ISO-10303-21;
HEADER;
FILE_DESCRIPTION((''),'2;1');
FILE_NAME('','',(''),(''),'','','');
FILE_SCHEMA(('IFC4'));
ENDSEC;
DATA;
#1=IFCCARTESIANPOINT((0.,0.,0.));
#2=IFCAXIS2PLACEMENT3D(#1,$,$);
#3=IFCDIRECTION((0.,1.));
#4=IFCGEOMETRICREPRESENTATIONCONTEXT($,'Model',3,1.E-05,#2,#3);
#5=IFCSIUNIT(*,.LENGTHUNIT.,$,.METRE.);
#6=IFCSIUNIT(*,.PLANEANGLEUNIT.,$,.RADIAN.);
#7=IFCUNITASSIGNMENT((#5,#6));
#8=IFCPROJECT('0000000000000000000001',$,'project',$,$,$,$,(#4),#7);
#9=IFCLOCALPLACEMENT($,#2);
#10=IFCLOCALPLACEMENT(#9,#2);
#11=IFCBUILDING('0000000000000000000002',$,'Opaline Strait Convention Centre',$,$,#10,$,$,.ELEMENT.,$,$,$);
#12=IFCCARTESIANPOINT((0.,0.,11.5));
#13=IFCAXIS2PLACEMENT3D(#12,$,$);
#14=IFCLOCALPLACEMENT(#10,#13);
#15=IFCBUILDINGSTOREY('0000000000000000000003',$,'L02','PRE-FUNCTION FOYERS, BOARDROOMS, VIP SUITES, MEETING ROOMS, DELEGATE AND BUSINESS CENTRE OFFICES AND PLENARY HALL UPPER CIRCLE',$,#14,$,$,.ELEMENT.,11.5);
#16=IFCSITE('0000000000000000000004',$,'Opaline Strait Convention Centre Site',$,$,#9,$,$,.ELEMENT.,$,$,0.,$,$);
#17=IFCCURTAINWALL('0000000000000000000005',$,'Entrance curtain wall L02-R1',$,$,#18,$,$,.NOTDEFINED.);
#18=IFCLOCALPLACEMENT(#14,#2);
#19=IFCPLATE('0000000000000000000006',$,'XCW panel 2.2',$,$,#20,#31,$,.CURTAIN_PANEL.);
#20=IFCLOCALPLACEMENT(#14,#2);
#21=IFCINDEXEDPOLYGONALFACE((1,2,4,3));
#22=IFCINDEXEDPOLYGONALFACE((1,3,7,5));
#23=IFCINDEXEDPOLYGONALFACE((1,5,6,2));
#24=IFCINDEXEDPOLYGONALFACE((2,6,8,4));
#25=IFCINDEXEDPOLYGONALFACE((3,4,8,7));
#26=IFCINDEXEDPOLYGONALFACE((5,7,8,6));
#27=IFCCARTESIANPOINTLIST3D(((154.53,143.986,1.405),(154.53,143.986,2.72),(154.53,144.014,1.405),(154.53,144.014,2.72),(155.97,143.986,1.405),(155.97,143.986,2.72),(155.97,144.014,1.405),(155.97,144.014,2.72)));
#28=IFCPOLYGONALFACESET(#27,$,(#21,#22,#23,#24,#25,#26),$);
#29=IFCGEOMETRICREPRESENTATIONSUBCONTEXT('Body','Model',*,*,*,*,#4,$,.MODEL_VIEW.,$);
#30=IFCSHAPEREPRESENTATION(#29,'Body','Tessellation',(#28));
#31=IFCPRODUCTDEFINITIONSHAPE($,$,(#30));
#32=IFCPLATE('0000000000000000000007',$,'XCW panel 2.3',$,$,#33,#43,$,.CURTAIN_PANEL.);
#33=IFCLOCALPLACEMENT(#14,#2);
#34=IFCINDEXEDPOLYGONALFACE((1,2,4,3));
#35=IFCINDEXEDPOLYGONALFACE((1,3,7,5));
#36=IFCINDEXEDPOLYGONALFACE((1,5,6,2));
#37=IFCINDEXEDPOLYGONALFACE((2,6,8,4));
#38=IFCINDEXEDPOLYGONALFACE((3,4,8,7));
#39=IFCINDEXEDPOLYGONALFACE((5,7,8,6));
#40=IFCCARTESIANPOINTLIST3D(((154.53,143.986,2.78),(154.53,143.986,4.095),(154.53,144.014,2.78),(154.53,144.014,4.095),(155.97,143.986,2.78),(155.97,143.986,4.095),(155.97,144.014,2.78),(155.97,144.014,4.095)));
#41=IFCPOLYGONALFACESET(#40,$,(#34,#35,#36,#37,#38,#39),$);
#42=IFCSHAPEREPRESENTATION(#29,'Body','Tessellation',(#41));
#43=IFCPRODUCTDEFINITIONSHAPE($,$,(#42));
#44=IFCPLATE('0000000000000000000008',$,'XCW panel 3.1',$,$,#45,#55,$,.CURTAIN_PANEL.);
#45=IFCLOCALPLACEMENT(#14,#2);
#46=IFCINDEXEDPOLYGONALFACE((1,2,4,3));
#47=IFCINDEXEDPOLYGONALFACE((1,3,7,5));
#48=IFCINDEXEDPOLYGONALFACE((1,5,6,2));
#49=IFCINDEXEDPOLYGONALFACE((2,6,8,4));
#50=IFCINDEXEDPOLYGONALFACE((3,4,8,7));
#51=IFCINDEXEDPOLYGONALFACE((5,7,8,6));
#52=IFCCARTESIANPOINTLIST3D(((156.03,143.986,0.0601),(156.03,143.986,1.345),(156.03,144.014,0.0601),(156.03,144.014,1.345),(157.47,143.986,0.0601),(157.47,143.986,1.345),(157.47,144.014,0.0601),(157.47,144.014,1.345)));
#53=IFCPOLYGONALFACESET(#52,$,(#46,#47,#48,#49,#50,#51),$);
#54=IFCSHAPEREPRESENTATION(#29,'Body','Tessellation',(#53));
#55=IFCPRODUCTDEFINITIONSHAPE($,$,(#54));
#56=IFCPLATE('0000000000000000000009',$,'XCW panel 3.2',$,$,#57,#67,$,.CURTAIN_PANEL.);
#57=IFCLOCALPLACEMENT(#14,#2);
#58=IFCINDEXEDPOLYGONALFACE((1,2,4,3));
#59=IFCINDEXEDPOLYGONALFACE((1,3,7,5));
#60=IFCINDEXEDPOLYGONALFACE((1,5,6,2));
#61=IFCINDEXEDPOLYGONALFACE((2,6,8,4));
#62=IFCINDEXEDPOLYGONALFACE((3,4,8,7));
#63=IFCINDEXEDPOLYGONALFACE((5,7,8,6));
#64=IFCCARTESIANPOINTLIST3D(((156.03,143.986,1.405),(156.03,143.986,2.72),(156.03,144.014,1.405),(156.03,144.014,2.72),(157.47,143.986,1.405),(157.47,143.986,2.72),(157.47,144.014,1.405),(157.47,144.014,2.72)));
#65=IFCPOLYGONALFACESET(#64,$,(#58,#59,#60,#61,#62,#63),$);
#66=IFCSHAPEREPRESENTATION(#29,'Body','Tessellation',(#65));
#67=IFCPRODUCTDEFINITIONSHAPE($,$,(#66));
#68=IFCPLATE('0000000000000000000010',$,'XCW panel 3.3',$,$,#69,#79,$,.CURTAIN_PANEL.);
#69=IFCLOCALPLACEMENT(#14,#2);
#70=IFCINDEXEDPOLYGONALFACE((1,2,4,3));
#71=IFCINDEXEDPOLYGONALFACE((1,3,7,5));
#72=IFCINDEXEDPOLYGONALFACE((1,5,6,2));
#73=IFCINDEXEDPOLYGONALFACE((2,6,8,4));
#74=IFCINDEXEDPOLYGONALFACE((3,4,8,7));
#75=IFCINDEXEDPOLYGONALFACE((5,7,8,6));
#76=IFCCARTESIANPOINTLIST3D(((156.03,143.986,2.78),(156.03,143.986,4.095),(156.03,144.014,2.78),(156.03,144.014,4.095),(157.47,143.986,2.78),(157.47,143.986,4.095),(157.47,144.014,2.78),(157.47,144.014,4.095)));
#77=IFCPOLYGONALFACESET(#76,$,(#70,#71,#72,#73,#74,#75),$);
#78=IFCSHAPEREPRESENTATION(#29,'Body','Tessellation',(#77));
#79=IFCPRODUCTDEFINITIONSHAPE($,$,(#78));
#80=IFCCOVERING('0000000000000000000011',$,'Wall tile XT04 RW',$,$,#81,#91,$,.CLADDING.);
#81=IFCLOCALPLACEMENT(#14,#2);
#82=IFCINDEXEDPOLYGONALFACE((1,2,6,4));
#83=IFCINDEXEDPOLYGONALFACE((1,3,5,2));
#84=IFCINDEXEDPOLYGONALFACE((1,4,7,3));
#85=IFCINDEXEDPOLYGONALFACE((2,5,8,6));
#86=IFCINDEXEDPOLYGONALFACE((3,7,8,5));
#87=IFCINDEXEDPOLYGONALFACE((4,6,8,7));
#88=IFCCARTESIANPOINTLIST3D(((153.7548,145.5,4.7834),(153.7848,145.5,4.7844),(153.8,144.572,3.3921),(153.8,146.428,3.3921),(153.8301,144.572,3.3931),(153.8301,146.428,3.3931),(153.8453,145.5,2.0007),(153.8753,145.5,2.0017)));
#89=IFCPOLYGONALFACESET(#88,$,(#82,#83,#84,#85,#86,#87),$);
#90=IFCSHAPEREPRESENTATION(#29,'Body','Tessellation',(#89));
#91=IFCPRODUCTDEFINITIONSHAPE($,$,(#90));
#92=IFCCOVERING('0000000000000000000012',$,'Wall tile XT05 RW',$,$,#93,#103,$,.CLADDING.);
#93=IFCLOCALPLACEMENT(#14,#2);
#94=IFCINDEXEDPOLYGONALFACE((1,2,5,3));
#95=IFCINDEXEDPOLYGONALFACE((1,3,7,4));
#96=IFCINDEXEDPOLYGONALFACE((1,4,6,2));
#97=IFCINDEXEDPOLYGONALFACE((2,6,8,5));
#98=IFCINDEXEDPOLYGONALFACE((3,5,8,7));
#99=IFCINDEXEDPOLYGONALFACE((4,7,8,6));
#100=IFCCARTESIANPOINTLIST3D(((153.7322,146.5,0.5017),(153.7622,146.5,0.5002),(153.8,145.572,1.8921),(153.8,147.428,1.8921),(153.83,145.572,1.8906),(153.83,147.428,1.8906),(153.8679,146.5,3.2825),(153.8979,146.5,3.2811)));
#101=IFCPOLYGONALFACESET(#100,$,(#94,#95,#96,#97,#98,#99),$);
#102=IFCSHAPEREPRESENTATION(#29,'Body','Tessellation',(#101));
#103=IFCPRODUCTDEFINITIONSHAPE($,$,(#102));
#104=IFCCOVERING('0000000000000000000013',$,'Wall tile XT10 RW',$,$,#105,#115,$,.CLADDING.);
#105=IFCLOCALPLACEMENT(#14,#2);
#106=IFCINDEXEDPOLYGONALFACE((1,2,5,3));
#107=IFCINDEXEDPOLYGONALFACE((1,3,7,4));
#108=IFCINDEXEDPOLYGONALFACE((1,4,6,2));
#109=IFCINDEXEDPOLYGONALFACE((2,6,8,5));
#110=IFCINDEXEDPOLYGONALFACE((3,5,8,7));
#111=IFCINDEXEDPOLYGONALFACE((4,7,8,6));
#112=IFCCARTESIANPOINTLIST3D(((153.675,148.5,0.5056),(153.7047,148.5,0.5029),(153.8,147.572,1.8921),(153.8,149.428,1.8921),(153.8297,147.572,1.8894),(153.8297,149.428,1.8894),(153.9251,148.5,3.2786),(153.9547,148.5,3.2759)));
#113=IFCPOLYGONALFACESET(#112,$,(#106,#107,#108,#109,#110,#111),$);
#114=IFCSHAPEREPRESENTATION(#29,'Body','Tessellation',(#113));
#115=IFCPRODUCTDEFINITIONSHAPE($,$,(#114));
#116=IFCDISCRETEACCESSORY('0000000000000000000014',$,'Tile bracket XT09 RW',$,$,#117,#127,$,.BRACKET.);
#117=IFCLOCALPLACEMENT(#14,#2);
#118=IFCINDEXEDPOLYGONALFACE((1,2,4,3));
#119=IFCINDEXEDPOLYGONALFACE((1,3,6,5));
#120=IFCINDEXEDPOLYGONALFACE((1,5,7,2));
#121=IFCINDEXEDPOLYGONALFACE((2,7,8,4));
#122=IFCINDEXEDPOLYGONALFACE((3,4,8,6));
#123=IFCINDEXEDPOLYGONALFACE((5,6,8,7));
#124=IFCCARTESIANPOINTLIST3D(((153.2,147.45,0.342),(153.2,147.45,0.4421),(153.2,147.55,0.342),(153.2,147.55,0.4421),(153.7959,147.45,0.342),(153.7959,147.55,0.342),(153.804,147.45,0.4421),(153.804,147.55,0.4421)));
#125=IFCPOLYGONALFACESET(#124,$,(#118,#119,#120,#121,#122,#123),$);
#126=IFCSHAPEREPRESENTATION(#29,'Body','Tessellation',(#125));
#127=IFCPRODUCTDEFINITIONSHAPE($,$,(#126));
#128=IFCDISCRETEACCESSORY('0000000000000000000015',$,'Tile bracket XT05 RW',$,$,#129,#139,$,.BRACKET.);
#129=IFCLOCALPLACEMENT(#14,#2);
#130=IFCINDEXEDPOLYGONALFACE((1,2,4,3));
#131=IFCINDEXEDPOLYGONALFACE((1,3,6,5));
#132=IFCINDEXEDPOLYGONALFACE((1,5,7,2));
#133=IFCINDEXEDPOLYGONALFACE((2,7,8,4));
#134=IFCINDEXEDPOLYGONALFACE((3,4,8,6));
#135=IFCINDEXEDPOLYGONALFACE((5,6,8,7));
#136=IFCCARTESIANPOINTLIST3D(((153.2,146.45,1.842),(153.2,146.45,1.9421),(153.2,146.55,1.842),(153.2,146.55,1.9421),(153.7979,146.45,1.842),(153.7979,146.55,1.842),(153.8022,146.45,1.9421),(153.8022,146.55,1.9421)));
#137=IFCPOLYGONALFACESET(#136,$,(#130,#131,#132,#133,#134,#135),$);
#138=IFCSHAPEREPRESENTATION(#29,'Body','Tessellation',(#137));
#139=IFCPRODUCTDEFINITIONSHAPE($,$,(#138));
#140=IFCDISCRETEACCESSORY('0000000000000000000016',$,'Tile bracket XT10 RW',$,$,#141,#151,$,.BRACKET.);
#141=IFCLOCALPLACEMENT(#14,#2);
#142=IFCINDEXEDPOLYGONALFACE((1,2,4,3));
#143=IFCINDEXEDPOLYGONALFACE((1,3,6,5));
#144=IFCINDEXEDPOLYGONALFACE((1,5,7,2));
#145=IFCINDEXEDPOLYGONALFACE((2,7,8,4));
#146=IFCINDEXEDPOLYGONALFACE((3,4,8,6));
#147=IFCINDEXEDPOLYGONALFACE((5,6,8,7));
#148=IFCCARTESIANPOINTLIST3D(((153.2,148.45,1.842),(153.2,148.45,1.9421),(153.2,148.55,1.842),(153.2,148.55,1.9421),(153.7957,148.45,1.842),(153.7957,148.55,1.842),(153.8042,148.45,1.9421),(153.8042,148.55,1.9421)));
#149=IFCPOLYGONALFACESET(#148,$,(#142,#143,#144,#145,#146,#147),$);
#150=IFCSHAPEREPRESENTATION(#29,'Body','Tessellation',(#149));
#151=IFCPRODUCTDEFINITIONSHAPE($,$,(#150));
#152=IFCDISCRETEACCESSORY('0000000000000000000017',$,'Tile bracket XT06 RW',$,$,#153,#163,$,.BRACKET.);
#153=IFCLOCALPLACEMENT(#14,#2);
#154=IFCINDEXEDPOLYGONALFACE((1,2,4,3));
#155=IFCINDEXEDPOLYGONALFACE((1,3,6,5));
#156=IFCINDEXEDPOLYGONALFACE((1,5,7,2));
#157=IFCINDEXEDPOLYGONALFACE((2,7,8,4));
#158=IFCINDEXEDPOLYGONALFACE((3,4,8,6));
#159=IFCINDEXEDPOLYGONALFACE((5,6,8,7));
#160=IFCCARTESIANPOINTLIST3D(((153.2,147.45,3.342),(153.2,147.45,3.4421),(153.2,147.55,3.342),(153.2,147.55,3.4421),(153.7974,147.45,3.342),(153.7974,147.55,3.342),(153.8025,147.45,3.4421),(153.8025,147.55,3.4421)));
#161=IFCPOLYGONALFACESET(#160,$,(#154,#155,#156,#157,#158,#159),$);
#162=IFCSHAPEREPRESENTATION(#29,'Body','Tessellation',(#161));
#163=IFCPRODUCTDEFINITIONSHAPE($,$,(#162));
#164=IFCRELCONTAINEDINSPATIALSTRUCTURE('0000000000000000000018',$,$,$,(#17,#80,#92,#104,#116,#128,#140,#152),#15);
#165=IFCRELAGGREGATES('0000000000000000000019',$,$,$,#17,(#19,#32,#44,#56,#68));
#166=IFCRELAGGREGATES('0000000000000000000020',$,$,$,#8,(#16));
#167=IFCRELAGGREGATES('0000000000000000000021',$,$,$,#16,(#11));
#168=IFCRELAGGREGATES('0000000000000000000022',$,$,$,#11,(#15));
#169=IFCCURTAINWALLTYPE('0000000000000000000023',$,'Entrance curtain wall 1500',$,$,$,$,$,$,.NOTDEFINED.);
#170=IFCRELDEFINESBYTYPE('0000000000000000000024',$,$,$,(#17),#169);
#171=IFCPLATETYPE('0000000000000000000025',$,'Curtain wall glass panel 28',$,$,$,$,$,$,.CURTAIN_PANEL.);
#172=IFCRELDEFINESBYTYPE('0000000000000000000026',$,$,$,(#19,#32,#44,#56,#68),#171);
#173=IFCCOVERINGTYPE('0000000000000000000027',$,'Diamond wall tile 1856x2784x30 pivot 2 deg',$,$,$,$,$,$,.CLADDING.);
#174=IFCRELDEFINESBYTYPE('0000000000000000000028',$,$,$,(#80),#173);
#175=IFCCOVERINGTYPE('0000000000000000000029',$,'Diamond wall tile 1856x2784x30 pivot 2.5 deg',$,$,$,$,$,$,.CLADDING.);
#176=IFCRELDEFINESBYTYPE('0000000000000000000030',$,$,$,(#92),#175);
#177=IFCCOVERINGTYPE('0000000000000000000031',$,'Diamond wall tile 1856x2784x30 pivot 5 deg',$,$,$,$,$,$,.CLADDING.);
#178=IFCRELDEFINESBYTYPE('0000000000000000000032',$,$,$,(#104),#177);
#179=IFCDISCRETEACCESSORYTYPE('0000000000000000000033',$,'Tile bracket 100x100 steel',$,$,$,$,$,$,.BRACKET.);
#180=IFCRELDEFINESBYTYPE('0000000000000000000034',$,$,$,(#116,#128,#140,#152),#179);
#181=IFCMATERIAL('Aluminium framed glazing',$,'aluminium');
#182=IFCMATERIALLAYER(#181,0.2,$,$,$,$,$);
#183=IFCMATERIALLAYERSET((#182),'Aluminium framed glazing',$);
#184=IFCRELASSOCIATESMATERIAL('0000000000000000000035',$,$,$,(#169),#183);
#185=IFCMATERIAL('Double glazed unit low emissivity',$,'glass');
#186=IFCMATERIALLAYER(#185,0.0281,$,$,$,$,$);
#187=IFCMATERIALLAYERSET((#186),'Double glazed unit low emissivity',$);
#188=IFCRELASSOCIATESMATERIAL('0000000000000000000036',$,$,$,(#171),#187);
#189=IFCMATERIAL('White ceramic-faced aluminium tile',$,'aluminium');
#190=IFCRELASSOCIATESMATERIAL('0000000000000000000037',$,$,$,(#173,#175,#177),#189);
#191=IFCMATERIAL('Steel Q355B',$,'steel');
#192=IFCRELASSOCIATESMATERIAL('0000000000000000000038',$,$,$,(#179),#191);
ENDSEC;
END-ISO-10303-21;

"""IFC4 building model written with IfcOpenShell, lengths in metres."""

from ifc_helpers import new_model, si_unit, direction, frame, origin, origin_2d, place, context, subcontext, project, spatial, polyline, rectangle, outline, extrude, material, layer, layer_set, material_profile, profile_set, type_object, element, aggregate, save


model = new_model("IFC4")

# Units and contexts
model_context = context("Model", 3, precision=1e-05, world=origin(), true_north=direction((0.0, 1.0)))
body_context = subcontext(model_context, "Body", "Model", "MODEL_VIEW")
ifc_project = project(units=[si_unit("LENGTHUNIT", "METRE"), si_unit("PLANEANGLEUNIT", "RADIAN")], contexts=[model_context])

# Site, building, storey
site_placement = place(None, origin())
site = spatial("IfcSite", under=ifc_project, at=site_placement, Name="Opaline Strait Convention Centre Site", CompositionType="ELEMENT", RefElevation=0.0)
building_placement = place(site_placement, origin())
building = spatial("IfcBuilding", under=site, at=building_placement, Name="Opaline Strait Convention Centre", CompositionType="ELEMENT")
storey_placement = place(building_placement, frame((0.0, 0.0, 11.5)))
storey = spatial("IfcBuildingStorey", under=building, at=storey_placement, Name="L02", Description="PRE-FUNCTION FOYERS, BOARDROOMS, VIP SUITES, MEETING ROOMS, DELEGATE AND BUSINESS CENTRE OFFICES AND PLENARY HALL UPPER CIRCLE", CompositionType="ELEMENT", Elevation=11.5)

# Curtain wall, plates
ifc_material_1 = material(Name="Aluminium framed glazing", Category="aluminium")
ifc_layer_1 = layer(ifc_material_1, 0.2)
ifc_layer_set_1 = layer_set([ifc_layer_1], Name="Aluminium framed glazing")
curtain_wall_type = type_object("IfcCurtainWallType", Name="Entrance curtain wall 1500", PredefinedType="NOTDEFINED", material=ifc_layer_set_1)
curtain_wall_placement = place(storey_placement, origin())
curtain_wall = element("IfcCurtainWall", 1, at=curtain_wall_placement, inside=storey, type_object=curtain_wall_type, Name="Entrance curtain wall L02-R1", PredefinedType="NOTDEFINED")
ifc_material_2 = material(Name="Double glazed unit low emissivity", Category="glass")
ifc_layer_2 = layer(ifc_material_2, 0.0281)
ifc_layer_set_2 = layer_set([ifc_layer_2], Name="Double glazed unit low emissivity")
plate_type = type_object("IfcPlateType", Name="Curtain wall glass panel 28", PredefinedType="CURTAIN_PANEL", material=ifc_layer_set_2)
plate_1_placement = place(storey_placement, frame((155.25, 144.0, 1.405), z_axis=(0.0, 0.0, 1.0), x_axis=(1.0, 0.0, 0.0)))
plate_1 = element("IfcPlate", 2, at=plate_1_placement, type_object=plate_type, Name="XCW panel 2.2", PredefinedType="CURTAIN_PANEL", context=body_context, shape_type="SweptSolid", body=[
    extrude(rectangle(XDim=1.4399, YDim=0.0281, at=origin_2d()), origin(), (0.0, 0.0, 1.0), 1.3149),
])
plate_2_placement = place(storey_placement, frame((155.25, 144.0, 2.78), z_axis=(0.0, 0.0, 1.0), x_axis=(1.0, 0.0, 0.0)))
plate_2 = element("IfcPlate", 3, at=plate_2_placement, type_object=plate_type, Name="XCW panel 2.3", PredefinedType="CURTAIN_PANEL", context=body_context, shape_type="SweptSolid", body=[
    extrude(rectangle(XDim=1.4399, YDim=0.0281, at=origin_2d()), origin(), (0.0, 0.0, 1.0), 1.3149),
])
plate_3_placement = place(storey_placement, frame((156.75, 144.0, 0.0601), z_axis=(0.0, 0.0, 1.0), x_axis=(1.0, 0.0, 0.0)))
plate_3 = element("IfcPlate", 4, at=plate_3_placement, type_object=plate_type, Name="XCW panel 3.1", PredefinedType="CURTAIN_PANEL", context=body_context, shape_type="SweptSolid", body=[
    extrude(rectangle(XDim=1.4399, YDim=0.0281, at=origin_2d()), origin(), (0.0, 0.0, 1.0), 1.2849),
])
plate_4_placement = place(storey_placement, frame((156.75, 144.0, 1.405), z_axis=(0.0, 0.0, 1.0), x_axis=(1.0, 0.0, 0.0)))
plate_4 = element("IfcPlate", 5, at=plate_4_placement, type_object=plate_type, Name="XCW panel 3.2", PredefinedType="CURTAIN_PANEL", context=body_context, shape_type="SweptSolid", body=[
    extrude(rectangle(XDim=1.4399, YDim=0.0281, at=origin_2d()), origin(), (0.0, 0.0, 1.0), 1.3149),
])
plate_5_placement = place(storey_placement, frame((156.75, 144.0, 2.78), z_axis=(0.0, 0.0, 1.0), x_axis=(1.0, 0.0, 0.0)))
plate_5 = element("IfcPlate", 6, at=plate_5_placement, type_object=plate_type, Name="XCW panel 3.3", PredefinedType="CURTAIN_PANEL", context=body_context, shape_type="SweptSolid", body=[
    extrude(rectangle(XDim=1.4399, YDim=0.0281, at=origin_2d()), origin(), (0.0, 0.0, 1.0), 1.3149),
])
aggregate(curtain_wall, [plate_1, plate_2, plate_3, plate_4, plate_5])

# Coverings
ifc_material_3 = material(Name="White ceramic-faced aluminium tile", Category="aluminium")
ifc_material_profile_1 = material_profile(ifc_material_3, outline(polyline([(0.928, 0.0), (0.0, 1.3921), (-0.928, 0.0), (0.0, -1.3921), (0.928, 0.0)])), Name="Diamond tile 1856x2784")
ifc_profile_set_1 = profile_set([ifc_material_profile_1], Name="White ceramic-faced aluminium tile")
covering_type_1 = type_object("IfcCoveringType", Name="Diamond wall tile 1856x2784x30 pivot 2 deg", PredefinedType="CLADDING", material=ifc_profile_set_1)
covering_1_placement = place(storey_placement, frame((153.8, 145.5, 3.3921), z_axis=(0.999472, 0.0, 0.032503), x_axis=(0.0, 1.0, 0.0)))
element("IfcCovering", 7, at=covering_1_placement, inside=storey, type_object=covering_type_1, Name="Wall tile XT04 RW", PredefinedType="CLADDING", context=body_context, shape_type="SweptSolid", body=[
    extrude(outline(polyline([(0.928, 0.0), (0.0, 1.3921), (-0.928, 0.0), (0.0, -1.3921), (0.928, 0.0)])), origin(), (0.0, 0.0, 1.0), 0.03),
])
ifc_material_profile_2 = material_profile(ifc_material_3, outline(polyline([(0.928, 0.0), (0.0, 1.3921), (-0.928, 0.0), (0.0, -1.3921), (0.928, 0.0)])), Name="Diamond tile 1856x2784")
ifc_profile_set_2 = profile_set([ifc_material_profile_2], Name="White ceramic-faced aluminium tile")
covering_type_2 = type_object("IfcCoveringType", Name="Diamond wall tile 1856x2784x30 pivot 2.5 deg", PredefinedType="CLADDING", material=ifc_profile_set_2)
covering_2_placement = place(storey_placement, frame((153.8, 146.5, 1.8921), z_axis=(0.998812, 0.0, -0.048723), x_axis=(0.0, 1.0, 0.0)))
element("IfcCovering", 8, at=covering_2_placement, inside=storey, type_object=covering_type_2, Name="Wall tile XT05 RW", PredefinedType="CLADDING", context=body_context, shape_type="SweptSolid", body=[
    extrude(outline(polyline([(0.928, 0.0), (0.0, 1.3921), (-0.928, 0.0), (0.0, -1.3921), (0.928, 0.0)])), origin(), (0.0, 0.0, 1.0), 0.03),
])
ifc_material_profile_3 = material_profile(ifc_material_3, outline(polyline([(0.928, 0.0), (0.0, 1.3921), (-0.928, 0.0), (0.0, -1.3921), (0.928, 0.0)])), Name="Diamond tile 1856x2784")
ifc_profile_set_3 = profile_set([ifc_material_profile_3], Name="White ceramic-faced aluminium tile")
covering_type_3 = type_object("IfcCoveringType", Name="Diamond wall tile 1856x2784x30 pivot 5 deg", PredefinedType="CLADDING", material=ifc_profile_set_3)
covering_3_placement = place(storey_placement, frame((153.8, 148.5, 1.8921), z_axis=(0.99596, 0.0, -0.0898), x_axis=(0.0, 1.0, 0.0)))
element("IfcCovering", 9, at=covering_3_placement, inside=storey, type_object=covering_type_3, Name="Wall tile XT10 RW", PredefinedType="CLADDING", context=body_context, shape_type="SweptSolid", body=[
    extrude(outline(polyline([(0.928, 0.0), (0.0, 1.3921), (-0.928, 0.0), (0.0, -1.3921), (0.928, 0.0)])), origin(), (0.0, 0.0, 1.0), 0.0298),
])

# Discrete accessories
ifc_material_4 = material(Name="Steel Q355B", Category="steel")
discrete_accessory_type = type_object("IfcDiscreteAccessoryType", Name="Tile bracket 100x100 steel", PredefinedType="BRACKET", material=ifc_material_4)
discrete_accessory_1_placement = place(storey_placement, frame((153.2, 147.45, 0.3921), z_axis=(0.0, 1.0, 0.0), x_axis=(-1.0, 0.0, 0.0)))
element("IfcDiscreteAccessory", 10, at=discrete_accessory_1_placement, inside=storey, type_object=discrete_accessory_type, Name="Tile bracket XT09 RW", PredefinedType="BRACKET", context=body_context, shape_type="SweptSolid", body=[
    extrude(outline(polyline([(0.0, -0.05), (0.0, 0.05), (-0.604, 0.05), (-0.5959, -0.05), (0.0, -0.05)])), origin(), (0.0, 0.0, 1.0), 0.1001),
])
discrete_accessory_2_placement = place(storey_placement, frame((153.2, 146.45, 1.8921), z_axis=(0.0, 1.0, 0.0), x_axis=(-1.0, 0.0, 0.0)))
element("IfcDiscreteAccessory", 11, at=discrete_accessory_2_placement, inside=storey, type_object=discrete_accessory_type, Name="Tile bracket XT05 RW", PredefinedType="BRACKET", context=body_context, shape_type="SweptSolid", body=[
    extrude(outline(polyline([(0.0, -0.05), (0.0, 0.05), (-0.6023, 0.05), (-0.5979, -0.05), (0.0, -0.05)])), origin(), (0.0, 0.0, 1.0), 0.1001),
])
discrete_accessory_3_placement = place(storey_placement, frame((153.2, 148.45, 1.8921), z_axis=(0.0, 1.0, 0.0), x_axis=(-1.0, 0.0, 0.0)))
element("IfcDiscreteAccessory", 12, at=discrete_accessory_3_placement, inside=storey, type_object=discrete_accessory_type, Name="Tile bracket XT10 RW", PredefinedType="BRACKET", context=body_context, shape_type="SweptSolid", body=[
    extrude(outline(polyline([(0.0, -0.05), (0.0, 0.05), (-0.6042, 0.05), (-0.5957, -0.05), (0.0, -0.05)])), origin(), (0.0, 0.0, 1.0), 0.1001),
])
discrete_accessory_4_placement = place(storey_placement, frame((153.2, 147.45, 3.3921), z_axis=(0.0, 1.0, 0.0), x_axis=(-1.0, 0.0, 0.0)))
element("IfcDiscreteAccessory", 13, at=discrete_accessory_4_placement, inside=storey, type_object=discrete_accessory_type, Name="Tile bracket XT06 RW", PredefinedType="BRACKET", context=body_context, shape_type="SweptSolid", body=[
    extrude(outline(polyline([(0.0, -0.05), (0.0, 0.05), (-0.6025, 0.05), (-0.5974, -0.05), (0.0, -0.05)])), origin(), (0.0, 0.0, 1.0), 0.1001),
])

save(model, "model.ifc")
